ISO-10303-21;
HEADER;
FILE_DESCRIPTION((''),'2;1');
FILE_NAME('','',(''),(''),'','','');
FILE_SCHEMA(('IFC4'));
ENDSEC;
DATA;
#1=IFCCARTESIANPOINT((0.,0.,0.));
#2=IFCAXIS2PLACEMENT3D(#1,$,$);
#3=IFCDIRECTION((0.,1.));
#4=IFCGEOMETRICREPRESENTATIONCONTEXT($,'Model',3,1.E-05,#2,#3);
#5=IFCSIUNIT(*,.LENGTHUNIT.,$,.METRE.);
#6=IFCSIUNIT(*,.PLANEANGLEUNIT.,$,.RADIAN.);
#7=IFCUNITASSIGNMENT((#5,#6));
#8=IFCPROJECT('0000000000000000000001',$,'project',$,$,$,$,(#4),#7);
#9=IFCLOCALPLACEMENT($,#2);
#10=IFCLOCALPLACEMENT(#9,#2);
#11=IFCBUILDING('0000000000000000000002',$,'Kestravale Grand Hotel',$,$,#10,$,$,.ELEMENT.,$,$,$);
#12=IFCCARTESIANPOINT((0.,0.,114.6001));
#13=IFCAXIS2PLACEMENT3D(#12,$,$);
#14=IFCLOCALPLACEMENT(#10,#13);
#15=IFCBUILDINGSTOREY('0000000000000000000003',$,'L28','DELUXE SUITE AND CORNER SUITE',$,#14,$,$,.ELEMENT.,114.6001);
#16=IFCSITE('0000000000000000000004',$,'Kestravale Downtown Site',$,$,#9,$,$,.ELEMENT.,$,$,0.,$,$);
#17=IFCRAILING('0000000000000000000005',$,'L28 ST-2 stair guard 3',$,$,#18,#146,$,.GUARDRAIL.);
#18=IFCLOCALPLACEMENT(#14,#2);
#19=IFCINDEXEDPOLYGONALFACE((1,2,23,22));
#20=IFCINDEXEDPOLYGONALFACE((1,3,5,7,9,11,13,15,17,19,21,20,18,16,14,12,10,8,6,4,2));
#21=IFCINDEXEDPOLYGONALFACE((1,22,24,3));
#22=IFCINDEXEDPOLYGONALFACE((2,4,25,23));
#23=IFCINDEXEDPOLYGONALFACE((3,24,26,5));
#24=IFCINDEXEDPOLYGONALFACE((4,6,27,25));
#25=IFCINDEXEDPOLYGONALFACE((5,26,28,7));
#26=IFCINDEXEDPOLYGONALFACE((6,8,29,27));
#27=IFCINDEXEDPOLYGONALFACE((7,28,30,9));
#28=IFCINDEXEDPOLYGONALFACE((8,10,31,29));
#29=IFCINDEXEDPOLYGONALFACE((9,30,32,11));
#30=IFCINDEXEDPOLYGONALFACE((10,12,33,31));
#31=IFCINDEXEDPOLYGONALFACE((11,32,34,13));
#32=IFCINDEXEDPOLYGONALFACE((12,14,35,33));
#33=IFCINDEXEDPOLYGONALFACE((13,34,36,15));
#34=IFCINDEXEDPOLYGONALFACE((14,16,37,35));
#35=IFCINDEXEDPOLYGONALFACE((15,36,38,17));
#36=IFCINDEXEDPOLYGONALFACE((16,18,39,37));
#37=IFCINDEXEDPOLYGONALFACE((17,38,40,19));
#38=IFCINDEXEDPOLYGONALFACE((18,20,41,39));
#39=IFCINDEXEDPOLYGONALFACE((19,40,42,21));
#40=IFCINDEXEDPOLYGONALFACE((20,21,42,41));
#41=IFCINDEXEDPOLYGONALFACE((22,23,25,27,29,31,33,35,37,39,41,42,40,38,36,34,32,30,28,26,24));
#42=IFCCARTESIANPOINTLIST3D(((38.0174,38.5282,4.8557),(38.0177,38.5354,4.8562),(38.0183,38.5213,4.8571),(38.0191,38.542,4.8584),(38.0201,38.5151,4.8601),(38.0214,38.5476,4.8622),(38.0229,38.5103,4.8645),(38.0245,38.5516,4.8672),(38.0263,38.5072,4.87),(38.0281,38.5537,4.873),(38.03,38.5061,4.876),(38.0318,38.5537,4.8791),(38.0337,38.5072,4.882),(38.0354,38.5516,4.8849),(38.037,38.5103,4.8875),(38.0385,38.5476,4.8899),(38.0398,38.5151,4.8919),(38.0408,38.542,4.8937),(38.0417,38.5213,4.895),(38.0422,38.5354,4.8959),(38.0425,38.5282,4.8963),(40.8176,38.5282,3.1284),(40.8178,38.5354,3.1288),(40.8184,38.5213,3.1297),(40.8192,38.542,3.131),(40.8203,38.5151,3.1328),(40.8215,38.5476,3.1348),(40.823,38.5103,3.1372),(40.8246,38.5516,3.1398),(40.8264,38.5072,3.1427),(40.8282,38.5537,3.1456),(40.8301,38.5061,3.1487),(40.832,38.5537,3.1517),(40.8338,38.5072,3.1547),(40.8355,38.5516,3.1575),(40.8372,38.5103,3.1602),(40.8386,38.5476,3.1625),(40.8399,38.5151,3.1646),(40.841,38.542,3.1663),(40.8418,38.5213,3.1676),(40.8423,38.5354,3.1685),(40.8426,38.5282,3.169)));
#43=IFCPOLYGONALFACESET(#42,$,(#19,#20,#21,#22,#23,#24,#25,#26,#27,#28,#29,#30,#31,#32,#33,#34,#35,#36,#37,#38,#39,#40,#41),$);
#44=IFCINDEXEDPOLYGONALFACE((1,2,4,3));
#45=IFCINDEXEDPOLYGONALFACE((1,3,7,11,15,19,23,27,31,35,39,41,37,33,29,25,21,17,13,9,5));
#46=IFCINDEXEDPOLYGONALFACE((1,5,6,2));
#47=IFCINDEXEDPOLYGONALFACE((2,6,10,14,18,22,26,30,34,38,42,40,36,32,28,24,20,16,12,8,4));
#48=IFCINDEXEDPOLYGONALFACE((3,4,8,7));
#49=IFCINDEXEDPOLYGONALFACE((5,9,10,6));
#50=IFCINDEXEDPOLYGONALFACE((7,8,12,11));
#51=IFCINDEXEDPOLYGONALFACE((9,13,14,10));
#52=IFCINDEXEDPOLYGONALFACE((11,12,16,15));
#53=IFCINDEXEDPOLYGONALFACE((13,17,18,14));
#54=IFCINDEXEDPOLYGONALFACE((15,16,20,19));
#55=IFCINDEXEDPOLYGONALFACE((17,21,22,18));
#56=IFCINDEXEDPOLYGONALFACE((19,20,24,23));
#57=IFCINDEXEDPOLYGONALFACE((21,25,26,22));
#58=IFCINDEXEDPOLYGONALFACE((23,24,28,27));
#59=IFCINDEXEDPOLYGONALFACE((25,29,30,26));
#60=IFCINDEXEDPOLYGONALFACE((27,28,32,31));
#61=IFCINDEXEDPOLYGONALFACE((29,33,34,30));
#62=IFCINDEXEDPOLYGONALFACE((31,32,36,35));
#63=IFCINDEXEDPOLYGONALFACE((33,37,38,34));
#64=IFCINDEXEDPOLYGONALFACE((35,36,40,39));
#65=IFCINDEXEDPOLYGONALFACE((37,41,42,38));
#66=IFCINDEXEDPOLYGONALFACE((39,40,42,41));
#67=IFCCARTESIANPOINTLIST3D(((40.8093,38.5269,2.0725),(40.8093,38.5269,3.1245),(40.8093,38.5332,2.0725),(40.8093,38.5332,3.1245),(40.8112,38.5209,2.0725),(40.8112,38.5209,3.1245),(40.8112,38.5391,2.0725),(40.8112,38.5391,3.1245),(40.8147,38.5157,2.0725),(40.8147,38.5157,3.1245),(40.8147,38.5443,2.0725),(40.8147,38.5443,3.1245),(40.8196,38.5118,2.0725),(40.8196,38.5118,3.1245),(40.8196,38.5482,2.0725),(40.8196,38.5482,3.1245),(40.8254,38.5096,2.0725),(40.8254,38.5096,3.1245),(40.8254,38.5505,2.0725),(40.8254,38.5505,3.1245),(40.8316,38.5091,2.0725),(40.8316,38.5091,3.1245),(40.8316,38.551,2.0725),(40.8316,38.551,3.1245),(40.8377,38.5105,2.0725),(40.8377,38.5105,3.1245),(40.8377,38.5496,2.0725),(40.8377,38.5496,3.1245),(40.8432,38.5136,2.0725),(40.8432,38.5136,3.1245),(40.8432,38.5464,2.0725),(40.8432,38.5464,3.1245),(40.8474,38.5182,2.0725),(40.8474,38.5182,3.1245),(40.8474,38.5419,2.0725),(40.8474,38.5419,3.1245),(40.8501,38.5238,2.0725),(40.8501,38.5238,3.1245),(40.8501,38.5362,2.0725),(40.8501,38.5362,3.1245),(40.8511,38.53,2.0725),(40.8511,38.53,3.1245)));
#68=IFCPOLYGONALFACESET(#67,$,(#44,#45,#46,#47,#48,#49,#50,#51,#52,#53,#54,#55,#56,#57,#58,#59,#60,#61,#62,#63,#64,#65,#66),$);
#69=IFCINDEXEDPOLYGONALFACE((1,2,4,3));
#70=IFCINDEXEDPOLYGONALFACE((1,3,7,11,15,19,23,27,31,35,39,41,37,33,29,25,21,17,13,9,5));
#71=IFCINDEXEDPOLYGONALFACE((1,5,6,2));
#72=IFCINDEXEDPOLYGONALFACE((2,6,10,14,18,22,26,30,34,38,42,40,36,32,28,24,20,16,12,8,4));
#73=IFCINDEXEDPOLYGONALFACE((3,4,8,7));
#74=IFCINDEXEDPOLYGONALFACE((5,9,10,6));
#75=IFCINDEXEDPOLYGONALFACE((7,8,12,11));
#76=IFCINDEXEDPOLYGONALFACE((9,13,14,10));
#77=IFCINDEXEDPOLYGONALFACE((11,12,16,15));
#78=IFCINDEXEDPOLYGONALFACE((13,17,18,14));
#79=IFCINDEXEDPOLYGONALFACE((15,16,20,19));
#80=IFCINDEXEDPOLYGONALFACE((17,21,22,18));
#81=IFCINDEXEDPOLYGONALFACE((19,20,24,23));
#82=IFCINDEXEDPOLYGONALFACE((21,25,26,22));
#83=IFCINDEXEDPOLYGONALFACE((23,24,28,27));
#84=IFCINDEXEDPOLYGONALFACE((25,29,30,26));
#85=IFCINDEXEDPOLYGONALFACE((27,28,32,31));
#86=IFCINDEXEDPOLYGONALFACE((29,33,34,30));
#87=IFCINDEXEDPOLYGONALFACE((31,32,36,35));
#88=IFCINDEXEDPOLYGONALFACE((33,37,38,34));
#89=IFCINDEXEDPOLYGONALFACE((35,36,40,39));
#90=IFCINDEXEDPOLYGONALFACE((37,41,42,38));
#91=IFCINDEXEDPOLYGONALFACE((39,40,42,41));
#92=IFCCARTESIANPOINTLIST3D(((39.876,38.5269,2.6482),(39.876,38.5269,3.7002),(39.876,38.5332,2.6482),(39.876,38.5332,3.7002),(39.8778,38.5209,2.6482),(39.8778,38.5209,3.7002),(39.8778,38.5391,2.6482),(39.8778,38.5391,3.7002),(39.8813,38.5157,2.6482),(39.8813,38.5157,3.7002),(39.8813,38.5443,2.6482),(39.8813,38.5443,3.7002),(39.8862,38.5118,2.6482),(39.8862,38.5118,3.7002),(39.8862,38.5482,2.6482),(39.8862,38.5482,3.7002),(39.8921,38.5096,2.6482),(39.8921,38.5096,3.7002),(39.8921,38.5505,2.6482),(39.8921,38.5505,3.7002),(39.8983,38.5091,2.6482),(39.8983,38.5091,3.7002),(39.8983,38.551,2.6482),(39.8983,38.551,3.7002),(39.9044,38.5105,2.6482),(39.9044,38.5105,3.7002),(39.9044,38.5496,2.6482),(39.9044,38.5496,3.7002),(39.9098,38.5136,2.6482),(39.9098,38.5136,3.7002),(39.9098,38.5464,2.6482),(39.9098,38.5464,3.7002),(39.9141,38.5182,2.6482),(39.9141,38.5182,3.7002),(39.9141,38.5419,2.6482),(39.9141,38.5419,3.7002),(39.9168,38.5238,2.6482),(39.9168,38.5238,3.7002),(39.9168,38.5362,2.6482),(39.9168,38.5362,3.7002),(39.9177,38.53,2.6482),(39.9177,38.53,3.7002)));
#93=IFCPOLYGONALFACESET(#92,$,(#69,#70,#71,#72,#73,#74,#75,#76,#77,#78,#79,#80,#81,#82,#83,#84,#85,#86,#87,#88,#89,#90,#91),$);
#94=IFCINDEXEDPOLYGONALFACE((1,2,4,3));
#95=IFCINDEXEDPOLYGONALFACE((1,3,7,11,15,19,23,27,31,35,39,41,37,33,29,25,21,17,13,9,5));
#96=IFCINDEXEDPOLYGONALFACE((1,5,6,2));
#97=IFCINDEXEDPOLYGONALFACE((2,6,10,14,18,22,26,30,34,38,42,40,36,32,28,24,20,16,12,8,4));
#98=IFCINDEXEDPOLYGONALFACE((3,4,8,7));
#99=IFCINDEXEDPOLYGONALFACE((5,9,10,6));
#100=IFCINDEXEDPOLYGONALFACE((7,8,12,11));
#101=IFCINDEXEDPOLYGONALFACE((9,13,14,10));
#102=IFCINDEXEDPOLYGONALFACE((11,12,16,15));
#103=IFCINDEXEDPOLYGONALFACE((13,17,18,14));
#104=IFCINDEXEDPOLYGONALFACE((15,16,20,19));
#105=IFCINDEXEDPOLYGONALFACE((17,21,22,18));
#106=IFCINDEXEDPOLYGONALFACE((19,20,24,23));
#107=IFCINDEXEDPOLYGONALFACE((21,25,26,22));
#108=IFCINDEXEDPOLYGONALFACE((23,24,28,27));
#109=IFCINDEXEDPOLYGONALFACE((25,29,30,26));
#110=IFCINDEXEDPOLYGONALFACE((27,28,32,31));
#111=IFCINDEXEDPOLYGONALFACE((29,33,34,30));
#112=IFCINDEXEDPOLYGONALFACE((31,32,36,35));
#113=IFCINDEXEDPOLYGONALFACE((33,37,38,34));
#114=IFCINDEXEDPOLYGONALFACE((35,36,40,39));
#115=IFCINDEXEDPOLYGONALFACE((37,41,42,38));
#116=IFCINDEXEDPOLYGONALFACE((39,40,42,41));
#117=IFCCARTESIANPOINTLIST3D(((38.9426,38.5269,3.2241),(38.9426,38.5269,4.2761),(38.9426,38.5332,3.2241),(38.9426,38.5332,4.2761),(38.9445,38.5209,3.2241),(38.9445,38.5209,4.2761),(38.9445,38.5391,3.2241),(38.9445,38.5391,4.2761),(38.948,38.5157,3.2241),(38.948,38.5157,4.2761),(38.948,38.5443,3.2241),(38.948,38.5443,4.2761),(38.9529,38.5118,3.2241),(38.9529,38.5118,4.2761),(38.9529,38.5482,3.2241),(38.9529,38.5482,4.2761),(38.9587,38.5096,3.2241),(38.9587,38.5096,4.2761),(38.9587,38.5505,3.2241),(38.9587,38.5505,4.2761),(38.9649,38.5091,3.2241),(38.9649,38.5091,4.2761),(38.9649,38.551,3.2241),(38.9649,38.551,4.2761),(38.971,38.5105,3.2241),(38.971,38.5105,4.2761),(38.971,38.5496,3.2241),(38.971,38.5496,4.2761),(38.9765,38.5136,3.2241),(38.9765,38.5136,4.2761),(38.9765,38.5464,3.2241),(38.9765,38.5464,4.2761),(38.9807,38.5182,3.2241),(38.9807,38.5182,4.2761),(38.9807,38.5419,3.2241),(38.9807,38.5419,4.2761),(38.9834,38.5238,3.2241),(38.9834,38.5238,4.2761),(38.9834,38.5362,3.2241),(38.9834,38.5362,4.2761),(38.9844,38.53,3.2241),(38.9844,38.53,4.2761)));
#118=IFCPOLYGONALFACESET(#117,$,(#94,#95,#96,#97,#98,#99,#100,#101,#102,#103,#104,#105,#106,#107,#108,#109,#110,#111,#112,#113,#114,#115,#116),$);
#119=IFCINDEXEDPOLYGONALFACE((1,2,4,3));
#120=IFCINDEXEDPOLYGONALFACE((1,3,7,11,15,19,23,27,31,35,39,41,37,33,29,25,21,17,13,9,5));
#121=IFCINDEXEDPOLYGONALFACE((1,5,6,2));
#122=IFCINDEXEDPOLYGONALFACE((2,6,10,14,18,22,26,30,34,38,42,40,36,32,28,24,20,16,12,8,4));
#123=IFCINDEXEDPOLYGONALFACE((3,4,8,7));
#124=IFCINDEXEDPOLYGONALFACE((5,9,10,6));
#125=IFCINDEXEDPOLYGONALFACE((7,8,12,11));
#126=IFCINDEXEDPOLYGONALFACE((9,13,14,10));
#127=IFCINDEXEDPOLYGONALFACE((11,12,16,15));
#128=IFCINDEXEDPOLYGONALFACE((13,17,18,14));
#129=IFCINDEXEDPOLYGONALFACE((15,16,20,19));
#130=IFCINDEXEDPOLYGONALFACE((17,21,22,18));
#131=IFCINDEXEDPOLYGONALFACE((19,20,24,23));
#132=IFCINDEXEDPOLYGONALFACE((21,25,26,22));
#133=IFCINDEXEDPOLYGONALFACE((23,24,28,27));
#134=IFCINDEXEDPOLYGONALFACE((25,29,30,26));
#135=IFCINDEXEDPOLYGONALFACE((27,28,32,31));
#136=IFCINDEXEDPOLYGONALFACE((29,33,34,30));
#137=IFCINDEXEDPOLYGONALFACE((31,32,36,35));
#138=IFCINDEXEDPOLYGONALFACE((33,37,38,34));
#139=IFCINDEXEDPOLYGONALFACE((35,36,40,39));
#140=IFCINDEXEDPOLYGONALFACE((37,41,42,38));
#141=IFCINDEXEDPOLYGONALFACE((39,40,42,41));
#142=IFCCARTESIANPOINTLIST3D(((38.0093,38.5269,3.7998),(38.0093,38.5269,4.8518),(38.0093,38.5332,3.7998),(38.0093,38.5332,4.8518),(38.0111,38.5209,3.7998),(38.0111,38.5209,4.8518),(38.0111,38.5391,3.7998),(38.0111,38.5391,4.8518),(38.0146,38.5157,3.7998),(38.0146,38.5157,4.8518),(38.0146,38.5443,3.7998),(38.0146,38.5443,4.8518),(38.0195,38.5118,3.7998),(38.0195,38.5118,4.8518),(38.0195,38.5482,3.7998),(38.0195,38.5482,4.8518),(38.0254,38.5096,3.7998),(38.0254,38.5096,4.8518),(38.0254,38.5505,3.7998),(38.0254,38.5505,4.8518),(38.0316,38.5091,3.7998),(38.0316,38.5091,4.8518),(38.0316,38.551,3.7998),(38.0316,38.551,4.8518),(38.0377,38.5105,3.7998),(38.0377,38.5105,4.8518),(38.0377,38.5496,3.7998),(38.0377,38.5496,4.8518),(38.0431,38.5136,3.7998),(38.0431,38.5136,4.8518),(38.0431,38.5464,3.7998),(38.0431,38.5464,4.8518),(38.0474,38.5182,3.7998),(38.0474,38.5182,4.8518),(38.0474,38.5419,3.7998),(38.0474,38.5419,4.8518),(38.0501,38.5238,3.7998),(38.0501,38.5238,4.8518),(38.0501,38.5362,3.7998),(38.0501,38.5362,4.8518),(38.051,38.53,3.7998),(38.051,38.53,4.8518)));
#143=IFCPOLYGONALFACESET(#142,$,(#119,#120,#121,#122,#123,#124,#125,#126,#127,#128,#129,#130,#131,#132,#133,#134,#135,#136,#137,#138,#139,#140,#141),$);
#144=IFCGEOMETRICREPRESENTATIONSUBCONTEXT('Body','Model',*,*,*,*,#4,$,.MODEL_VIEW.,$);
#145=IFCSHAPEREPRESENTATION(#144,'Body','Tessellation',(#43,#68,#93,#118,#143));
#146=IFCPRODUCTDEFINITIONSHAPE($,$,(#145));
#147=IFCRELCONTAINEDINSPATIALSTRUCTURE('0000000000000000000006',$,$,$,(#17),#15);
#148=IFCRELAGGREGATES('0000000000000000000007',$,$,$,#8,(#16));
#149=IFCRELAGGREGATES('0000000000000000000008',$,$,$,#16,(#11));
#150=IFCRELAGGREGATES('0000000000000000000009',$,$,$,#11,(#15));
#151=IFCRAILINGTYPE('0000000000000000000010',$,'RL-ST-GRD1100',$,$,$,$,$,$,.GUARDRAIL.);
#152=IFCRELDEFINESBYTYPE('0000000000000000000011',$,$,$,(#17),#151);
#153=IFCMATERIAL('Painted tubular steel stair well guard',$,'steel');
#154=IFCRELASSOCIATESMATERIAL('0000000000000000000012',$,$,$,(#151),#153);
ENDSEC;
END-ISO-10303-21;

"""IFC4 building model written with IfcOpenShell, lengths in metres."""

from ifc_helpers import new_model, si_unit, direction, frame, origin, origin_2d, place, context, subcontext, project, spatial, circle, extrude, material, type_object, element, save


model = new_model("IFC4")

# Units and contexts
model_context = context("Model", 3, precision=1e-05, world=origin(), true_north=direction((0.0, 1.0)))
body_context = subcontext(model_context, "Body", "Model", "MODEL_VIEW")
ifc_project = project(units=[si_unit("LENGTHUNIT", "METRE"), si_unit("PLANEANGLEUNIT", "RADIAN")], contexts=[model_context])

# Site, building, storey
site_placement = place(None, origin())
site = spatial("IfcSite", under=ifc_project, at=site_placement, Name="Kestravale Downtown Site", CompositionType="ELEMENT", RefElevation=0.0)
building_placement = place(site_placement, origin())
building = spatial("IfcBuilding", under=site, at=building_placement, Name="Kestravale Grand Hotel", CompositionType="ELEMENT")
storey_placement = place(building_placement, frame((0.0, 0.0, 114.6001)))
storey = spatial("IfcBuildingStorey", under=building, at=storey_placement, Name="L28", Description="DELUXE SUITE AND CORNER SUITE", CompositionType="ELEMENT", Elevation=114.6001)

# Railing
ifc_material_1 = material(Name="Painted tubular steel stair well guard", Category="steel")
railing_type_1 = type_object("IfcRailingType", Name="RL-ST-GRD1100", PredefinedType="GUARDRAIL", material=ifc_material_1)
railing_1_placement = place(storey_placement, frame((40.8301, 38.53, 2.0725)))
element("IfcRailing", 1, at=railing_1_placement, inside=storey, type_object=railing_type_1, Name="L28 ST-2 stair guard 3", PredefinedType="GUARDRAIL", context=body_context, shape_type="SweptSolid", body=[
    extrude(circle(Radius=0.0239, at=origin_2d()), frame((0.0, 0.0, 1.0762), z_axis=(-0.85109, 0.0, 0.52502), x_axis=(0.0, -1.0, 0.0)), (0.0, 0.0, 1.0), 3.29),
    extrude(circle(Radius=0.021, at=origin_2d()), origin(), (0.0, 0.0, 1.0), 1.052),
    extrude(circle(Radius=0.021, at=origin_2d()), frame((-0.9333, 0.0, 0.5757)), (0.0, 0.0, 1.0), 1.052),
    extrude(circle(Radius=0.021, at=origin_2d()), frame((-1.8667, 0.0, 1.1516)), (0.0, 0.0, 1.0), 1.052),
    extrude(circle(Radius=0.021, at=origin_2d()), frame((-2.8, 0.0, 1.7273)), (0.0, 0.0, 1.0), 1.052),
])

save(model, "model.ifc")
